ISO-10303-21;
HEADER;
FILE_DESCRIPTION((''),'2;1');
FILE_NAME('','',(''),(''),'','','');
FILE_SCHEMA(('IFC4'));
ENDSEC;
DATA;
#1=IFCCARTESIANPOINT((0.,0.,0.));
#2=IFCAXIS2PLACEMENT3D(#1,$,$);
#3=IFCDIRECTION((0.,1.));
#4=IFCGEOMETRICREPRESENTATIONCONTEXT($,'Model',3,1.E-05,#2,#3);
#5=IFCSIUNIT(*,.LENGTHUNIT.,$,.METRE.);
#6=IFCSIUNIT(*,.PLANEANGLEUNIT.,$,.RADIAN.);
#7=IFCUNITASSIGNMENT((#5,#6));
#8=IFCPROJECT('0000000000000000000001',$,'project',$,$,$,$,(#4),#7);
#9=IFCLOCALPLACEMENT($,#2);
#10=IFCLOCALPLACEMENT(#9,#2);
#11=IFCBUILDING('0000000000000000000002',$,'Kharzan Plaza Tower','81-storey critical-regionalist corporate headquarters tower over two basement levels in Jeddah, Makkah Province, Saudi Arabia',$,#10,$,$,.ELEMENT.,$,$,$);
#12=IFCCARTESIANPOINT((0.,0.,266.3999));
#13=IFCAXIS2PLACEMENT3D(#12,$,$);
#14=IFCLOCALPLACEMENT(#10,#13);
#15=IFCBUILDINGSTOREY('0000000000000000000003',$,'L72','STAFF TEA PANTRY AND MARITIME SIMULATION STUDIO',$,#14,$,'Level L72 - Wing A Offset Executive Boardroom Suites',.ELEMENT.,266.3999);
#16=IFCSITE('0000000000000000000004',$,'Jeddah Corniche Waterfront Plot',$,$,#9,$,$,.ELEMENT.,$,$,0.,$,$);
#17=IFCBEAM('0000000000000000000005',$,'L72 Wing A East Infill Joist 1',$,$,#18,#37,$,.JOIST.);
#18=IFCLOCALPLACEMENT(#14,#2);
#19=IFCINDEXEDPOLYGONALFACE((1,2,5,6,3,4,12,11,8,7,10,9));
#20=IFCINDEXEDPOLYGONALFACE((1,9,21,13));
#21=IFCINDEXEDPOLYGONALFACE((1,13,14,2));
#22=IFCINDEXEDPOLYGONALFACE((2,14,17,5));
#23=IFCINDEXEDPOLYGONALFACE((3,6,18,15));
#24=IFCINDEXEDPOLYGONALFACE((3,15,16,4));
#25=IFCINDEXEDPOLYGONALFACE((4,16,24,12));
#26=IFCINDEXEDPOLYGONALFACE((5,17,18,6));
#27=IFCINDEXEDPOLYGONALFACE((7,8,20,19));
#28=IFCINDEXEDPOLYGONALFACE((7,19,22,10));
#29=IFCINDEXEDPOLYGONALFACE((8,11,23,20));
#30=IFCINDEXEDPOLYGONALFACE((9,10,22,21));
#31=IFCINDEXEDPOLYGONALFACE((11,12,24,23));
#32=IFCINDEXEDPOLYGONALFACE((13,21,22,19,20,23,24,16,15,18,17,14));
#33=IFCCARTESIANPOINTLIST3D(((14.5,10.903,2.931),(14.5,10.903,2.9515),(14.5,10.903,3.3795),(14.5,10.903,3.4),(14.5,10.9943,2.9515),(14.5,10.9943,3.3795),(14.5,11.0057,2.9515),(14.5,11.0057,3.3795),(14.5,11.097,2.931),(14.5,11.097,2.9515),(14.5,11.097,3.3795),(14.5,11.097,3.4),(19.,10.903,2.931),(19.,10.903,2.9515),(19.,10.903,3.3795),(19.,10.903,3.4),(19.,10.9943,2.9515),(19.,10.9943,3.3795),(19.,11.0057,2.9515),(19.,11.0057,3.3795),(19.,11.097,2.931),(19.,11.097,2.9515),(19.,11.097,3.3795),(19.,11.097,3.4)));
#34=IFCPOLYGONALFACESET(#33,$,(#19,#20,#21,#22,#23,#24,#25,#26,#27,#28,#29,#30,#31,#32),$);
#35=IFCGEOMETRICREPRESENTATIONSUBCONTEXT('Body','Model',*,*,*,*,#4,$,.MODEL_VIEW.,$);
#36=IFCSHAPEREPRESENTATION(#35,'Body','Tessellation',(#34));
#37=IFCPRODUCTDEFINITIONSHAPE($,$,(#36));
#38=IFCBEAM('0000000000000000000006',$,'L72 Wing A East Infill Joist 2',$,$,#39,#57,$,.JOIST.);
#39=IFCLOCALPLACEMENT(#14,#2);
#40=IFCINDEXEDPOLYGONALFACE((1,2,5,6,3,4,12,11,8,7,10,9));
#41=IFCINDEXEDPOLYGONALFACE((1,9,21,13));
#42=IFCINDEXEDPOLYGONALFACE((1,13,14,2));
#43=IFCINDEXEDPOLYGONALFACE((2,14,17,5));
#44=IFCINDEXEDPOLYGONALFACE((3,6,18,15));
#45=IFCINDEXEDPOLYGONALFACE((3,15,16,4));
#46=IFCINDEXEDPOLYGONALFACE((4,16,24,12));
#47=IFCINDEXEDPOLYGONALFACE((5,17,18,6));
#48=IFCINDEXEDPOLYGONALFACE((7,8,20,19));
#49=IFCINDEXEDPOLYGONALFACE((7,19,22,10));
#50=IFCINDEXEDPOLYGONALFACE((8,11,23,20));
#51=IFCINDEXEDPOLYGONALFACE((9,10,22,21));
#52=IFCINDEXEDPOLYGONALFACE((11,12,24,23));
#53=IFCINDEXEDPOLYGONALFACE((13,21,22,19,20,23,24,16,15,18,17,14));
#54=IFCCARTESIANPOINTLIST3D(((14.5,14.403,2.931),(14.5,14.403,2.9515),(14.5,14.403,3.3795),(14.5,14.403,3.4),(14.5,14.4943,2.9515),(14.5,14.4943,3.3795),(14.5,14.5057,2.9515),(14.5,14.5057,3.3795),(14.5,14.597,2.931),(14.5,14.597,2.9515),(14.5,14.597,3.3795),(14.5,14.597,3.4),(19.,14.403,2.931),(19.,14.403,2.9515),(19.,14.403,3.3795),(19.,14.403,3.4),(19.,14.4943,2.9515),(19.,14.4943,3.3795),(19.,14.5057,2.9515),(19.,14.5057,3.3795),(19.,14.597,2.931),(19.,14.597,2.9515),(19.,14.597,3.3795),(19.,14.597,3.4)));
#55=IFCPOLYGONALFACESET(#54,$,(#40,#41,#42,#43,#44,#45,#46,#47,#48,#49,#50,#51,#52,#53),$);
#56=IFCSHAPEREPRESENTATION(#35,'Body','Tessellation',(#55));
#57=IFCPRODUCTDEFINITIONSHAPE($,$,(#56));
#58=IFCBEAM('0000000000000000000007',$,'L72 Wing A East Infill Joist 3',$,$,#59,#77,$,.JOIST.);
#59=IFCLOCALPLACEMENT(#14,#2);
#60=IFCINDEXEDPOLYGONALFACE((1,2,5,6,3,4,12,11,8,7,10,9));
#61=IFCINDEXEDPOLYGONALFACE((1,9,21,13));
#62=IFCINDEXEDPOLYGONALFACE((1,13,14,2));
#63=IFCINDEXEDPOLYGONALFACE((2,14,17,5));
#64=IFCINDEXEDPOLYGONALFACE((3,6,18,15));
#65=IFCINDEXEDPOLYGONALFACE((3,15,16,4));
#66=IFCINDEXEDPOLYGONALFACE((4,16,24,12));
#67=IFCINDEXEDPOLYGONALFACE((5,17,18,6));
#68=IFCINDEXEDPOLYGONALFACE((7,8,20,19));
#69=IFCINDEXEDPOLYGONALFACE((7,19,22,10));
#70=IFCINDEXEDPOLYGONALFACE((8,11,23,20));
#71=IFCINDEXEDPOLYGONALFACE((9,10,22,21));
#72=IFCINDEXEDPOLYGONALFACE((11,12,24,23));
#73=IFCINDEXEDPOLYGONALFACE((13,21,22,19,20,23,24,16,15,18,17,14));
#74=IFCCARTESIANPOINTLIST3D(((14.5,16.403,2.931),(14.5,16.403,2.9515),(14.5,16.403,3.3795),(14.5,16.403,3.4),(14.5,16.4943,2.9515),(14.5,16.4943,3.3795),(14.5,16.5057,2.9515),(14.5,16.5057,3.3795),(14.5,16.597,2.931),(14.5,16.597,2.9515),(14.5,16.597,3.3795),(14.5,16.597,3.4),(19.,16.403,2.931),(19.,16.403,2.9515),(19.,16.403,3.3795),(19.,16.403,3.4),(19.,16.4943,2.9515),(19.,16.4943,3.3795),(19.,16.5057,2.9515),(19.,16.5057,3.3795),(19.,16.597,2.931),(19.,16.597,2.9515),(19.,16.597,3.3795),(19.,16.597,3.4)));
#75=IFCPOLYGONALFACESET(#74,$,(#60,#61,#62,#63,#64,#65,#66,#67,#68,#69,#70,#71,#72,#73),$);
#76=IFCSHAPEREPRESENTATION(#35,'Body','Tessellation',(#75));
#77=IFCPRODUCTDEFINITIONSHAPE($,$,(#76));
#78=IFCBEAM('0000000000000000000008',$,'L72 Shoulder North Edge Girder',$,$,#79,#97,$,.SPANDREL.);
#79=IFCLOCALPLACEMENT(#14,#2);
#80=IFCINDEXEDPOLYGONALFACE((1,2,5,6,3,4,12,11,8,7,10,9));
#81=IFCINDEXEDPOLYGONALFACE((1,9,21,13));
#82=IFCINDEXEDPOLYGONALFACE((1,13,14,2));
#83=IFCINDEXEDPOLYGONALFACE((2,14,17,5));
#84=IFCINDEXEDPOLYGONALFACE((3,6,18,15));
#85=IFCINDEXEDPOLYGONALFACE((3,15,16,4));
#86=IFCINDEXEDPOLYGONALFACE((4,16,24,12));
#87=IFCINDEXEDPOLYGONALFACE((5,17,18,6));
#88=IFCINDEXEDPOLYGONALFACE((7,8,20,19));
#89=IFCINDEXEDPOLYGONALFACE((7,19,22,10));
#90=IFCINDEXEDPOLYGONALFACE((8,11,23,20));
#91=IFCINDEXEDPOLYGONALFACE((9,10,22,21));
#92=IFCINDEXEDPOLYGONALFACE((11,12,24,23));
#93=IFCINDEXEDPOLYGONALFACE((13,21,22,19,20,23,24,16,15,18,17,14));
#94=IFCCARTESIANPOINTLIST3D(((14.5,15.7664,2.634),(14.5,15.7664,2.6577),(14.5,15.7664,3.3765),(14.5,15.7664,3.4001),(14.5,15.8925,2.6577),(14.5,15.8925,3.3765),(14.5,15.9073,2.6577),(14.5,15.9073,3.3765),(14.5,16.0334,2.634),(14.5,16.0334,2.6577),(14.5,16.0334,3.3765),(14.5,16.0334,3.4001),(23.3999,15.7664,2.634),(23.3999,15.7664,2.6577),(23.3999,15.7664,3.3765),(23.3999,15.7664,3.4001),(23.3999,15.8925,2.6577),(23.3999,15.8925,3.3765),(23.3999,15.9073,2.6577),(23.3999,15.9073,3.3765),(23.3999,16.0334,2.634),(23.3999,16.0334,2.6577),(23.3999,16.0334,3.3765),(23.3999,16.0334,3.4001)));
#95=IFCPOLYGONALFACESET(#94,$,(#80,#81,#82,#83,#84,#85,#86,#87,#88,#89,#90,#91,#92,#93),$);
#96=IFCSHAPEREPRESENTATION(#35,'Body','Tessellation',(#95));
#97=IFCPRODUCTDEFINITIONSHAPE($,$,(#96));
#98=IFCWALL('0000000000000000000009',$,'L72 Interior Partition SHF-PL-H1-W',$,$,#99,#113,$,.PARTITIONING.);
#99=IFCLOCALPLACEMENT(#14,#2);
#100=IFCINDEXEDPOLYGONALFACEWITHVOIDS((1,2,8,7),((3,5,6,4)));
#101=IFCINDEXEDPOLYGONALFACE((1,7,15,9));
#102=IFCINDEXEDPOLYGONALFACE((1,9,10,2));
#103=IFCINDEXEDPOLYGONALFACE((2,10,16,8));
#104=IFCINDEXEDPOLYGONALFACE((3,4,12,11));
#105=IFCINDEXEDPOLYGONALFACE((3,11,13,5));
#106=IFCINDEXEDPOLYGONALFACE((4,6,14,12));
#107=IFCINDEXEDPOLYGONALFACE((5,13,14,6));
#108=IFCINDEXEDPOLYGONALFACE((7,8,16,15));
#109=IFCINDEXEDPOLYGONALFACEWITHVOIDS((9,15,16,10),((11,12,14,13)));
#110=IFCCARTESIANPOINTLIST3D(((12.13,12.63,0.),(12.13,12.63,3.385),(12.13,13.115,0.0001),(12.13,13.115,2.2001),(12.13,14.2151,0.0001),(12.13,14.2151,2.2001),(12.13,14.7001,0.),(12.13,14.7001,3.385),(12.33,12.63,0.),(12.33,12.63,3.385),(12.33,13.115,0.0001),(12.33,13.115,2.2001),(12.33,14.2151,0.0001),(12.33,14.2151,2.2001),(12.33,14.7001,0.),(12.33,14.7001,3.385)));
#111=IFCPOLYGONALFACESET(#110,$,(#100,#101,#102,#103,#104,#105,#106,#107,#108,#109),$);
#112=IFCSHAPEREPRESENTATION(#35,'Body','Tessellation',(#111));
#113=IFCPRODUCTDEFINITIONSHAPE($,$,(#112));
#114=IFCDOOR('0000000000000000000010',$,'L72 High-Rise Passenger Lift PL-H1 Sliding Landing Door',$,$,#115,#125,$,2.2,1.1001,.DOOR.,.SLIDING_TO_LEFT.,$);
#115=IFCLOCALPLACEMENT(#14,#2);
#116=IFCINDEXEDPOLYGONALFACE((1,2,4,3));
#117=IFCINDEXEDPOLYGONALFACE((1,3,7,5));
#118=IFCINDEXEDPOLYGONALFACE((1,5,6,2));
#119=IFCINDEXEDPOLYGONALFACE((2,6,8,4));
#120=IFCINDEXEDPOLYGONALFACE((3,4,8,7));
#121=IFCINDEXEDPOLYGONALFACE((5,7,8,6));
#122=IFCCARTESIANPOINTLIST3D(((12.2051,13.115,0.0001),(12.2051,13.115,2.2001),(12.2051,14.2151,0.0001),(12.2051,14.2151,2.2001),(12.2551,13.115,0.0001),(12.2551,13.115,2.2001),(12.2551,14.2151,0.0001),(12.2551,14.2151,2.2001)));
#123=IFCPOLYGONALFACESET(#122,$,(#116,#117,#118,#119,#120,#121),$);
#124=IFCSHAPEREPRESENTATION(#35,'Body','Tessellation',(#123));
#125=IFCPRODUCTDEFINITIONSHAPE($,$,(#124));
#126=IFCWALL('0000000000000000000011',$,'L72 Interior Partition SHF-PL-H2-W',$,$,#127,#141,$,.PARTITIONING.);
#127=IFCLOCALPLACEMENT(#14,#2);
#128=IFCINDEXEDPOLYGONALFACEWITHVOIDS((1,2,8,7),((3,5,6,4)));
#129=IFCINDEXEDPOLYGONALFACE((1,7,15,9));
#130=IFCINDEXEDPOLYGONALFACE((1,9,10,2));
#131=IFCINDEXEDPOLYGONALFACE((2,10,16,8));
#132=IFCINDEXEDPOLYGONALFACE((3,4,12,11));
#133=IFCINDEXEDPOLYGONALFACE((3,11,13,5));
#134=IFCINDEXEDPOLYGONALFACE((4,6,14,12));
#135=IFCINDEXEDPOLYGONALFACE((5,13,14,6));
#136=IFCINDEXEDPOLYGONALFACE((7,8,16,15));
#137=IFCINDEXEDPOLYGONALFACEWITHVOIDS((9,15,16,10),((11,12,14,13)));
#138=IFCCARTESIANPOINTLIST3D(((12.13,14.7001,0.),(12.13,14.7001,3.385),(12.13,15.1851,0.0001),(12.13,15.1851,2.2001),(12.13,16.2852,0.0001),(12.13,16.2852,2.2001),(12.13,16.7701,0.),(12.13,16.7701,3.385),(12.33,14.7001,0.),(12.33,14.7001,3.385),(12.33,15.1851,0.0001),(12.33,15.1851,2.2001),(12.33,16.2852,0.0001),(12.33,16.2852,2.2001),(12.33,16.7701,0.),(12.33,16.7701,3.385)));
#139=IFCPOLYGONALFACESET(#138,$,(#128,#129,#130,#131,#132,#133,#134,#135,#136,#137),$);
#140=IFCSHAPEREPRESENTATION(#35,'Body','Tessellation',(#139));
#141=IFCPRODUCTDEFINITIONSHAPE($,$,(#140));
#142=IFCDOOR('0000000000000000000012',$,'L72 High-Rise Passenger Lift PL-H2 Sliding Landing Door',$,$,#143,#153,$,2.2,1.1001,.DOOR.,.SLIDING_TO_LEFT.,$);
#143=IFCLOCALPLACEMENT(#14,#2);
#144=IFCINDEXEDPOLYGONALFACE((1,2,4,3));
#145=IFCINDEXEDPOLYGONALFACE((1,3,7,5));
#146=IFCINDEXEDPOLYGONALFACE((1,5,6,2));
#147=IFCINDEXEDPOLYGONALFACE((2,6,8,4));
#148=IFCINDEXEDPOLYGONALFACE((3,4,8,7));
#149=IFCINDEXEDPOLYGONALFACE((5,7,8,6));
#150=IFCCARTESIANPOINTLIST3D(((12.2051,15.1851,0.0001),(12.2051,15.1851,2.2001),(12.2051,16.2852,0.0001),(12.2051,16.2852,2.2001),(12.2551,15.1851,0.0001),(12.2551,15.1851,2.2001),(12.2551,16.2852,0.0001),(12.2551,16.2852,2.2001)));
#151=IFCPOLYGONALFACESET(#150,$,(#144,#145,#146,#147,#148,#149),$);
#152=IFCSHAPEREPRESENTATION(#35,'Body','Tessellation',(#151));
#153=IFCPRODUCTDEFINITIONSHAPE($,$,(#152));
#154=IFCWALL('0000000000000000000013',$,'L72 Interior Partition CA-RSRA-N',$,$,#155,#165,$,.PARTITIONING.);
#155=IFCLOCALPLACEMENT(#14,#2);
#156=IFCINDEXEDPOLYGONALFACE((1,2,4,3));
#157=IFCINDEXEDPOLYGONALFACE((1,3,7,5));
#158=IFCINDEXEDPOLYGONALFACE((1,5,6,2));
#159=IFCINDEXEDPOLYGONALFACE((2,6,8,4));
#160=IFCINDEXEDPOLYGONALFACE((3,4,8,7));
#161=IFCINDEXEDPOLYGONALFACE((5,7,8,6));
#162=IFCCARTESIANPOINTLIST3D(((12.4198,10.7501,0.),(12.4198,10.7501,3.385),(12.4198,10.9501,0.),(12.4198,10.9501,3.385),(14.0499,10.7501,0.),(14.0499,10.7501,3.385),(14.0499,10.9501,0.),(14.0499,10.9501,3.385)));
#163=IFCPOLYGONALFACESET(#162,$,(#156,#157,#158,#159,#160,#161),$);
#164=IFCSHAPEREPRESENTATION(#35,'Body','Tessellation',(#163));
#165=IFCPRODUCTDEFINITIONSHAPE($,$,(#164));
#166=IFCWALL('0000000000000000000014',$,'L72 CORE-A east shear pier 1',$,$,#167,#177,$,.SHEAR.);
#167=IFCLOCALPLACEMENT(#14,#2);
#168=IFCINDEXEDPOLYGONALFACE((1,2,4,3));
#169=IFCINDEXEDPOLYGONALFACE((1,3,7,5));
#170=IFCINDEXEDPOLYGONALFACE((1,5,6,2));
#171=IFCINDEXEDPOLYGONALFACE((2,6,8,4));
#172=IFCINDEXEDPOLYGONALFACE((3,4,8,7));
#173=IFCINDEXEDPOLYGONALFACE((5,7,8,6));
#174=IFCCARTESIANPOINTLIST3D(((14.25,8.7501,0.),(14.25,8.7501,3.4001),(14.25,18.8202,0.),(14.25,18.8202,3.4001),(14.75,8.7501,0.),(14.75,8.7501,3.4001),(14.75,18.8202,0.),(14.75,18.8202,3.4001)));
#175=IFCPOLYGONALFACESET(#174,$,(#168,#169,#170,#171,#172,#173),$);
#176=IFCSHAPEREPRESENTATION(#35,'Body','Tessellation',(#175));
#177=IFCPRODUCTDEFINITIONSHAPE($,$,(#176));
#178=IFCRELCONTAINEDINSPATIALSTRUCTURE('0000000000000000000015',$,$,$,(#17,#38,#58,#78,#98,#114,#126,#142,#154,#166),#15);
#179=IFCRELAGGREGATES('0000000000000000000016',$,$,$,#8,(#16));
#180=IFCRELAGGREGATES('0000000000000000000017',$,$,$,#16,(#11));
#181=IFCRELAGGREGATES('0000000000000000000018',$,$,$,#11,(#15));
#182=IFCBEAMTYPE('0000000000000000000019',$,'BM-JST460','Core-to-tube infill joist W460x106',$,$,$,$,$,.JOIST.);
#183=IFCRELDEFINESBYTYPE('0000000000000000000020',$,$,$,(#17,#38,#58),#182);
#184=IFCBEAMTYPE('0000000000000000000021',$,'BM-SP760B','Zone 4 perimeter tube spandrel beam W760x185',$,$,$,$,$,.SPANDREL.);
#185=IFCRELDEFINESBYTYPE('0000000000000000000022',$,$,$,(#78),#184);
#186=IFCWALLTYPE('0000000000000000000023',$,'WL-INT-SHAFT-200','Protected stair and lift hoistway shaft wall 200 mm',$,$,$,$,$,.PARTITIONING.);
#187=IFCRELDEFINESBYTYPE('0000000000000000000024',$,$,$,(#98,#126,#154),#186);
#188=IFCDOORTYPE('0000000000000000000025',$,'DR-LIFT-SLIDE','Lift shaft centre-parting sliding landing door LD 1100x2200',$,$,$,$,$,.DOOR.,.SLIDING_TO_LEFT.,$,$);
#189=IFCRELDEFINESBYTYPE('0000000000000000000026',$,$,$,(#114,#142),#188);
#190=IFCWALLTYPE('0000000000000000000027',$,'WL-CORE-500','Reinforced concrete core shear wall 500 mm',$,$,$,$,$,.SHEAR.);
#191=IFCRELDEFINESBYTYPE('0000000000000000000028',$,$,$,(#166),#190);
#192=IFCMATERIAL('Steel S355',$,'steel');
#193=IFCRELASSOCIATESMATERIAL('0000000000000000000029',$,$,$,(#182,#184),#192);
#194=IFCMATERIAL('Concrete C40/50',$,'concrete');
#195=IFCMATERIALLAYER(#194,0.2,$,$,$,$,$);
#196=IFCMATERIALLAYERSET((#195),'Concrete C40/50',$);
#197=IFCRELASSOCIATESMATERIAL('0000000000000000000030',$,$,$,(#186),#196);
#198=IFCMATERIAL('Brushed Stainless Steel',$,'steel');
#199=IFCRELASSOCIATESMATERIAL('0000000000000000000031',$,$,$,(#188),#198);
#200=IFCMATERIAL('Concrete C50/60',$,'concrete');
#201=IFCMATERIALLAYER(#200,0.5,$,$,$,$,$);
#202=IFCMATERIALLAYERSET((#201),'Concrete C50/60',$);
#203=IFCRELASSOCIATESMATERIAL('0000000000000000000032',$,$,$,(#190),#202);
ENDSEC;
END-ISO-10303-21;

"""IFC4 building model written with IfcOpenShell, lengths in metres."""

from ifc_helpers import new_model, si_unit, direction, frame, frame_2d, origin, origin_2d, place, context, subcontext, project, spatial, rectangle, i_section, extrude, source, transform, mapped, material, layer, layer_set, material_profile, profile_set, type_object, element, fill, save


model = new_model("IFC4")

# Units and contexts
model_context = context("Model", 3, precision=1e-05, world=origin(), true_north=direction((0.0, 1.0)))
body_context = subcontext(model_context, "Body", "Model", "MODEL_VIEW")
ifc_project = project(units=[si_unit("LENGTHUNIT", "METRE"), si_unit("PLANEANGLEUNIT", "RADIAN")], contexts=[model_context])

# Site, building, storey
site_placement = place(None, origin())
site = spatial("IfcSite", under=ifc_project, at=site_placement, Name="Jeddah Corniche Waterfront Plot", CompositionType="ELEMENT", RefElevation=0.0)
building_placement = place(site_placement, origin())
building = spatial("IfcBuilding", under=site, at=building_placement, Name="Kharzan Plaza Tower", Description="81-storey critical-regionalist corporate headquarters tower over two basement levels in Jeddah, Makkah Province, Saudi Arabia", CompositionType="ELEMENT")
storey_placement = place(building_placement, frame((0.0, 0.0, 266.3999)))
storey = spatial("IfcBuildingStorey", under=building, at=storey_placement, Name="L72", Description="STAFF TEA PANTRY AND MARITIME SIMULATION STUDIO", LongName="Level L72 - Wing A Offset Executive Boardroom Suites", CompositionType="ELEMENT", Elevation=266.3999)

# Beams
ifc_material_1 = material(Name="Steel S355", Category="steel")
ifc_material_profile_1 = material_profile(ifc_material_1, i_section(OverallWidth=0.1941, OverallDepth=0.469, WebThickness=0.0115, FlangeThickness=0.0205, at=origin_2d()), Name="W460x106")
ifc_profile_set_1 = profile_set([ifc_material_profile_1], Name="Steel S355")
beam_type_1 = type_object("IfcBeamType", Name="BM-JST460", Description="Core-to-tube infill joist W460x106", PredefinedType="JOIST", material=ifc_profile_set_1)
shared_shape_1 = source(origin(), body_context, "Body", "SweptSolid", [
    extrude(i_section(OverallWidth=0.1941, OverallDepth=0.469, WebThickness=0.0115, FlangeThickness=0.0205, at=origin_2d()), origin(), (0.0, 0.0, 1.0), 4.5),
])
for number, where, z_axis, x_axis, name in (
    (1, (14.5, 11.0, 3.1655), (1.0, 0.0, 0.0), (0.0, 1.0, 0.0), "L72 Wing A East Infill Joist 1"),
    (2, (14.5, 14.5, 3.1655), (1.0, 0.0, 0.0), (0.0, 1.0, 0.0), "L72 Wing A East Infill Joist 2"),
    (3, (14.5, 16.5, 3.1655), (1.0, 0.0, 0.0), (0.0, 1.0, 0.0), "L72 Wing A East Infill Joist 3"),
):
    element("IfcBeam", number, at=place(storey_placement, frame(where, z_axis=z_axis, x_axis=x_axis)), inside=storey, type_object=beam_type_1, Name=name, PredefinedType="JOIST", context=body_context, shape_type="MappedRepresentation", body=[
        mapped(shared_shape_1, transform((0.0, 0.0, 0.0), x_axis=(1.0, 0.0, 0.0), y_axis=(0.0, 1.0, 0.0), z_axis=(0.0, 0.0, 1.0))),
    ])
ifc_material_profile_2 = material_profile(ifc_material_1, i_section(OverallWidth=0.2671, OverallDepth=0.7661, WebThickness=0.0149, FlangeThickness=0.0237, at=origin_2d()), Name="W760x185")
ifc_profile_set_2 = profile_set([ifc_material_profile_2], Name="Steel S355")
beam_type_2 = type_object("IfcBeamType", Name="BM-SP760B", Description="Zone 4 perimeter tube spandrel beam W760x185", PredefinedType="SPANDREL", material=ifc_profile_set_2)
shared_shape_2 = source(origin(), body_context, "Body", "SweptSolid", [
    extrude(i_section(OverallWidth=0.2671, OverallDepth=0.7661, WebThickness=0.0149, FlangeThickness=0.0237, at=origin_2d()), origin(), (0.0, 0.0, 1.0), 8.8999),
])
beam_placement = place(storey_placement, frame((14.5, 15.8999, 3.0171), z_axis=(1.0, 0.0, 0.0), x_axis=(0.0, 1.0, 0.0)))
element("IfcBeam", 4, at=beam_placement, inside=storey, type_object=beam_type_2, Name="L72 Shoulder North Edge Girder", PredefinedType="SPANDREL", context=body_context, shape_type="MappedRepresentation", body=[
    mapped(shared_shape_2, transform((0.0, 0.0, 0.0), x_axis=(1.0, 0.0, 0.0), y_axis=(0.0, 1.0, 0.0), z_axis=(0.0, 0.0, 1.0))),
])

# Walls, openings, doors
ifc_material_2 = material(Name="Concrete C40/50", Category="concrete")
ifc_layer_1 = layer(ifc_material_2, 0.2)
ifc_layer_set_1 = layer_set([ifc_layer_1], Name="Concrete C40/50")
wall_type_1 = type_object("IfcWallType", Name="WL-INT-SHAFT-200", Description="Protected stair and lift hoistway shaft wall 200 mm", PredefinedType="PARTITIONING", material=ifc_layer_set_1)
wall_1_placement = place(storey_placement, frame((12.23, 12.6299, 0.0), z_axis=(0.0, 0.0, 1.0), x_axis=(0.0, 1.0, 0.0)))
wall_1 = element("IfcWall", 5, at=wall_1_placement, inside=storey, type_object=wall_type_1, Name="L72 Interior Partition SHF-PL-H1-W", PredefinedType="PARTITIONING", context=body_context, shape_type="SweptSolid", body=[
    extrude(rectangle(XDim=2.0701, YDim=0.2, at=frame_2d((1.0352, 0.0))), origin(), (0.0, 0.0, 1.0), 3.385),
])
opening_1_placement = place(wall_1_placement, frame((0.4851, 0.0, 0.0)))
opening_1 = element("IfcOpeningElement", 6, at=opening_1_placement, cuts=wall_1, PredefinedType="OPENING", context=body_context, shape_type="SweptSolid", body=[
    extrude(rectangle(XDim=1.1001, YDim=2.2, at=frame_2d((0.55, 1.1001))), frame((0.0, 0.1099, 0.0), z_axis=(0.0, -1.0, 0.0), x_axis=(1.0, 0.0, 0.0)), (0.0, 0.0, 1.0), 0.22),
])
ifc_material_3 = material(Name="Brushed Stainless Steel", Category="steel")
door_type = type_object("IfcDoorType", Name="DR-LIFT-SLIDE", Description="Lift shaft centre-parting sliding landing door LD 1100x2200", OperationType="SLIDING_TO_LEFT", PredefinedType="DOOR", material=ifc_material_3)
shared_shape_3 = source(origin(), body_context, "Body", "SweptSolid", [
    extrude(rectangle(XDim=1.1001, YDim=2.2, at=frame_2d((0.55, 1.1001))), frame((0.0, 0.0249, 0.0), z_axis=(0.0, -1.0, 0.0), x_axis=(1.0, 0.0, 0.0)), (0.0, 0.0, 1.0), 0.05),
])
door_1_placement = place(opening_1_placement, origin())
door_1 = element("IfcDoor", 7, at=door_1_placement, inside=storey, type_object=door_type, Name="L72 High-Rise Passenger Lift PL-H1 Sliding Landing Door", OperationType="SLIDING_TO_LEFT", OverallHeight=2.2, OverallWidth=1.1001, PredefinedType="DOOR", context=body_context, shape_type="MappedRepresentation", body=[
    mapped(shared_shape_3, transform((0.0, 0.0, 0.0), x_axis=(1.0, 0.0, 0.0), y_axis=(0.0, 1.0, 0.0), z_axis=(0.0, 0.0, 1.0))),
])
fill(opening_1, door_1)
wall_2_placement = place(storey_placement, frame((12.23, 14.7, 0.0), z_axis=(0.0, 0.0, 1.0), x_axis=(0.0, 1.0, 0.0)))
wall_2 = element("IfcWall", 8, at=wall_2_placement, inside=storey, type_object=wall_type_1, Name="L72 Interior Partition SHF-PL-H2-W", PredefinedType="PARTITIONING", context=body_context, shape_type="SweptSolid", body=[
    extrude(rectangle(XDim=2.0701, YDim=0.2, at=frame_2d((1.0352, 0.0))), origin(), (0.0, 0.0, 1.0), 3.385),
])
opening_2_placement = place(wall_2_placement, frame((0.4851, 0.0, 0.0)))
opening_2 = element("IfcOpeningElement", 9, at=opening_2_placement, cuts=wall_2, PredefinedType="OPENING", context=body_context, shape_type="SweptSolid", body=[
    extrude(rectangle(XDim=1.1001, YDim=2.2, at=frame_2d((0.55, 1.1001))), frame((0.0, 0.1099, 0.0), z_axis=(0.0, -1.0, 0.0), x_axis=(1.0, 0.0, 0.0)), (0.0, 0.0, 1.0), 0.22),
])
door_2_placement = place(opening_2_placement, origin())
door_2 = element("IfcDoor", 10, at=door_2_placement, inside=storey, type_object=door_type, Name="L72 High-Rise Passenger Lift PL-H2 Sliding Landing Door", OperationType="SLIDING_TO_LEFT", OverallHeight=2.2, OverallWidth=1.1001, PredefinedType="DOOR", context=body_context, shape_type="MappedRepresentation", body=[
    mapped(shared_shape_3, transform((0.0, 0.0, 0.0), x_axis=(1.0, 0.0, 0.0), y_axis=(0.0, 1.0, 0.0), z_axis=(0.0, 0.0, 1.0))),
])
fill(opening_2, door_2)

# Walls
shared_shape_4 = source(origin(), body_context, "Body", "SweptSolid", [
    extrude(rectangle(XDim=1.6301, YDim=0.2, at=frame_2d((0.8149, 0.0))), origin(), (0.0, 0.0, 1.0), 3.385),
])
wall_3_placement = place(storey_placement, frame((12.4199, 10.8501, 0.0), z_axis=(0.0, 0.0, 1.0), x_axis=(1.0, 0.0, 0.0)))
element("IfcWall", 11, at=wall_3_placement, inside=storey, type_object=wall_type_1, Name="L72 Interior Partition CA-RSRA-N", PredefinedType="PARTITIONING", context=body_context, shape_type="MappedRepresentation", body=[
    mapped(shared_shape_4, transform((0.0, 0.0, 0.0), x_axis=(1.0, 0.0, 0.0), y_axis=(0.0, 1.0, 0.0), z_axis=(0.0, 0.0, 1.0))),
])
ifc_material_4 = material(Name="Concrete C50/60", Category="concrete")
ifc_layer_2 = layer(ifc_material_4, 0.5)
ifc_layer_set_2 = layer_set([ifc_layer_2], Name="Concrete C50/60")
wall_type_2 = type_object("IfcWallType", Name="WL-CORE-500", Description="Reinforced concrete core shear wall 500 mm", PredefinedType="SHEAR", material=ifc_layer_set_2)
shared_shape_5 = source(origin(), body_context, "Body", "SweptSolid", [
    extrude(rectangle(XDim=10.0701, YDim=0.5, at=frame_2d((5.0352, 0.0))), origin(), (0.0, 0.0, 1.0), 3.4001),
])
wall_4_placement = place(storey_placement, frame((14.5, 8.75, 0.0), z_axis=(0.0, 0.0, 1.0), x_axis=(0.0, 1.0, 0.0)))
element("IfcWall", 12, at=wall_4_placement, inside=storey, type_object=wall_type_2, Name="L72 CORE-A east shear pier 1", PredefinedType="SHEAR", context=body_context, shape_type="MappedRepresentation", body=[
    mapped(shared_shape_5, transform((0.0, 0.0, 0.0), x_axis=(1.0, 0.0, 0.0), y_axis=(0.0, 1.0, 0.0), z_axis=(0.0, 0.0, 1.0))),
])

save(model, "model.ifc")
